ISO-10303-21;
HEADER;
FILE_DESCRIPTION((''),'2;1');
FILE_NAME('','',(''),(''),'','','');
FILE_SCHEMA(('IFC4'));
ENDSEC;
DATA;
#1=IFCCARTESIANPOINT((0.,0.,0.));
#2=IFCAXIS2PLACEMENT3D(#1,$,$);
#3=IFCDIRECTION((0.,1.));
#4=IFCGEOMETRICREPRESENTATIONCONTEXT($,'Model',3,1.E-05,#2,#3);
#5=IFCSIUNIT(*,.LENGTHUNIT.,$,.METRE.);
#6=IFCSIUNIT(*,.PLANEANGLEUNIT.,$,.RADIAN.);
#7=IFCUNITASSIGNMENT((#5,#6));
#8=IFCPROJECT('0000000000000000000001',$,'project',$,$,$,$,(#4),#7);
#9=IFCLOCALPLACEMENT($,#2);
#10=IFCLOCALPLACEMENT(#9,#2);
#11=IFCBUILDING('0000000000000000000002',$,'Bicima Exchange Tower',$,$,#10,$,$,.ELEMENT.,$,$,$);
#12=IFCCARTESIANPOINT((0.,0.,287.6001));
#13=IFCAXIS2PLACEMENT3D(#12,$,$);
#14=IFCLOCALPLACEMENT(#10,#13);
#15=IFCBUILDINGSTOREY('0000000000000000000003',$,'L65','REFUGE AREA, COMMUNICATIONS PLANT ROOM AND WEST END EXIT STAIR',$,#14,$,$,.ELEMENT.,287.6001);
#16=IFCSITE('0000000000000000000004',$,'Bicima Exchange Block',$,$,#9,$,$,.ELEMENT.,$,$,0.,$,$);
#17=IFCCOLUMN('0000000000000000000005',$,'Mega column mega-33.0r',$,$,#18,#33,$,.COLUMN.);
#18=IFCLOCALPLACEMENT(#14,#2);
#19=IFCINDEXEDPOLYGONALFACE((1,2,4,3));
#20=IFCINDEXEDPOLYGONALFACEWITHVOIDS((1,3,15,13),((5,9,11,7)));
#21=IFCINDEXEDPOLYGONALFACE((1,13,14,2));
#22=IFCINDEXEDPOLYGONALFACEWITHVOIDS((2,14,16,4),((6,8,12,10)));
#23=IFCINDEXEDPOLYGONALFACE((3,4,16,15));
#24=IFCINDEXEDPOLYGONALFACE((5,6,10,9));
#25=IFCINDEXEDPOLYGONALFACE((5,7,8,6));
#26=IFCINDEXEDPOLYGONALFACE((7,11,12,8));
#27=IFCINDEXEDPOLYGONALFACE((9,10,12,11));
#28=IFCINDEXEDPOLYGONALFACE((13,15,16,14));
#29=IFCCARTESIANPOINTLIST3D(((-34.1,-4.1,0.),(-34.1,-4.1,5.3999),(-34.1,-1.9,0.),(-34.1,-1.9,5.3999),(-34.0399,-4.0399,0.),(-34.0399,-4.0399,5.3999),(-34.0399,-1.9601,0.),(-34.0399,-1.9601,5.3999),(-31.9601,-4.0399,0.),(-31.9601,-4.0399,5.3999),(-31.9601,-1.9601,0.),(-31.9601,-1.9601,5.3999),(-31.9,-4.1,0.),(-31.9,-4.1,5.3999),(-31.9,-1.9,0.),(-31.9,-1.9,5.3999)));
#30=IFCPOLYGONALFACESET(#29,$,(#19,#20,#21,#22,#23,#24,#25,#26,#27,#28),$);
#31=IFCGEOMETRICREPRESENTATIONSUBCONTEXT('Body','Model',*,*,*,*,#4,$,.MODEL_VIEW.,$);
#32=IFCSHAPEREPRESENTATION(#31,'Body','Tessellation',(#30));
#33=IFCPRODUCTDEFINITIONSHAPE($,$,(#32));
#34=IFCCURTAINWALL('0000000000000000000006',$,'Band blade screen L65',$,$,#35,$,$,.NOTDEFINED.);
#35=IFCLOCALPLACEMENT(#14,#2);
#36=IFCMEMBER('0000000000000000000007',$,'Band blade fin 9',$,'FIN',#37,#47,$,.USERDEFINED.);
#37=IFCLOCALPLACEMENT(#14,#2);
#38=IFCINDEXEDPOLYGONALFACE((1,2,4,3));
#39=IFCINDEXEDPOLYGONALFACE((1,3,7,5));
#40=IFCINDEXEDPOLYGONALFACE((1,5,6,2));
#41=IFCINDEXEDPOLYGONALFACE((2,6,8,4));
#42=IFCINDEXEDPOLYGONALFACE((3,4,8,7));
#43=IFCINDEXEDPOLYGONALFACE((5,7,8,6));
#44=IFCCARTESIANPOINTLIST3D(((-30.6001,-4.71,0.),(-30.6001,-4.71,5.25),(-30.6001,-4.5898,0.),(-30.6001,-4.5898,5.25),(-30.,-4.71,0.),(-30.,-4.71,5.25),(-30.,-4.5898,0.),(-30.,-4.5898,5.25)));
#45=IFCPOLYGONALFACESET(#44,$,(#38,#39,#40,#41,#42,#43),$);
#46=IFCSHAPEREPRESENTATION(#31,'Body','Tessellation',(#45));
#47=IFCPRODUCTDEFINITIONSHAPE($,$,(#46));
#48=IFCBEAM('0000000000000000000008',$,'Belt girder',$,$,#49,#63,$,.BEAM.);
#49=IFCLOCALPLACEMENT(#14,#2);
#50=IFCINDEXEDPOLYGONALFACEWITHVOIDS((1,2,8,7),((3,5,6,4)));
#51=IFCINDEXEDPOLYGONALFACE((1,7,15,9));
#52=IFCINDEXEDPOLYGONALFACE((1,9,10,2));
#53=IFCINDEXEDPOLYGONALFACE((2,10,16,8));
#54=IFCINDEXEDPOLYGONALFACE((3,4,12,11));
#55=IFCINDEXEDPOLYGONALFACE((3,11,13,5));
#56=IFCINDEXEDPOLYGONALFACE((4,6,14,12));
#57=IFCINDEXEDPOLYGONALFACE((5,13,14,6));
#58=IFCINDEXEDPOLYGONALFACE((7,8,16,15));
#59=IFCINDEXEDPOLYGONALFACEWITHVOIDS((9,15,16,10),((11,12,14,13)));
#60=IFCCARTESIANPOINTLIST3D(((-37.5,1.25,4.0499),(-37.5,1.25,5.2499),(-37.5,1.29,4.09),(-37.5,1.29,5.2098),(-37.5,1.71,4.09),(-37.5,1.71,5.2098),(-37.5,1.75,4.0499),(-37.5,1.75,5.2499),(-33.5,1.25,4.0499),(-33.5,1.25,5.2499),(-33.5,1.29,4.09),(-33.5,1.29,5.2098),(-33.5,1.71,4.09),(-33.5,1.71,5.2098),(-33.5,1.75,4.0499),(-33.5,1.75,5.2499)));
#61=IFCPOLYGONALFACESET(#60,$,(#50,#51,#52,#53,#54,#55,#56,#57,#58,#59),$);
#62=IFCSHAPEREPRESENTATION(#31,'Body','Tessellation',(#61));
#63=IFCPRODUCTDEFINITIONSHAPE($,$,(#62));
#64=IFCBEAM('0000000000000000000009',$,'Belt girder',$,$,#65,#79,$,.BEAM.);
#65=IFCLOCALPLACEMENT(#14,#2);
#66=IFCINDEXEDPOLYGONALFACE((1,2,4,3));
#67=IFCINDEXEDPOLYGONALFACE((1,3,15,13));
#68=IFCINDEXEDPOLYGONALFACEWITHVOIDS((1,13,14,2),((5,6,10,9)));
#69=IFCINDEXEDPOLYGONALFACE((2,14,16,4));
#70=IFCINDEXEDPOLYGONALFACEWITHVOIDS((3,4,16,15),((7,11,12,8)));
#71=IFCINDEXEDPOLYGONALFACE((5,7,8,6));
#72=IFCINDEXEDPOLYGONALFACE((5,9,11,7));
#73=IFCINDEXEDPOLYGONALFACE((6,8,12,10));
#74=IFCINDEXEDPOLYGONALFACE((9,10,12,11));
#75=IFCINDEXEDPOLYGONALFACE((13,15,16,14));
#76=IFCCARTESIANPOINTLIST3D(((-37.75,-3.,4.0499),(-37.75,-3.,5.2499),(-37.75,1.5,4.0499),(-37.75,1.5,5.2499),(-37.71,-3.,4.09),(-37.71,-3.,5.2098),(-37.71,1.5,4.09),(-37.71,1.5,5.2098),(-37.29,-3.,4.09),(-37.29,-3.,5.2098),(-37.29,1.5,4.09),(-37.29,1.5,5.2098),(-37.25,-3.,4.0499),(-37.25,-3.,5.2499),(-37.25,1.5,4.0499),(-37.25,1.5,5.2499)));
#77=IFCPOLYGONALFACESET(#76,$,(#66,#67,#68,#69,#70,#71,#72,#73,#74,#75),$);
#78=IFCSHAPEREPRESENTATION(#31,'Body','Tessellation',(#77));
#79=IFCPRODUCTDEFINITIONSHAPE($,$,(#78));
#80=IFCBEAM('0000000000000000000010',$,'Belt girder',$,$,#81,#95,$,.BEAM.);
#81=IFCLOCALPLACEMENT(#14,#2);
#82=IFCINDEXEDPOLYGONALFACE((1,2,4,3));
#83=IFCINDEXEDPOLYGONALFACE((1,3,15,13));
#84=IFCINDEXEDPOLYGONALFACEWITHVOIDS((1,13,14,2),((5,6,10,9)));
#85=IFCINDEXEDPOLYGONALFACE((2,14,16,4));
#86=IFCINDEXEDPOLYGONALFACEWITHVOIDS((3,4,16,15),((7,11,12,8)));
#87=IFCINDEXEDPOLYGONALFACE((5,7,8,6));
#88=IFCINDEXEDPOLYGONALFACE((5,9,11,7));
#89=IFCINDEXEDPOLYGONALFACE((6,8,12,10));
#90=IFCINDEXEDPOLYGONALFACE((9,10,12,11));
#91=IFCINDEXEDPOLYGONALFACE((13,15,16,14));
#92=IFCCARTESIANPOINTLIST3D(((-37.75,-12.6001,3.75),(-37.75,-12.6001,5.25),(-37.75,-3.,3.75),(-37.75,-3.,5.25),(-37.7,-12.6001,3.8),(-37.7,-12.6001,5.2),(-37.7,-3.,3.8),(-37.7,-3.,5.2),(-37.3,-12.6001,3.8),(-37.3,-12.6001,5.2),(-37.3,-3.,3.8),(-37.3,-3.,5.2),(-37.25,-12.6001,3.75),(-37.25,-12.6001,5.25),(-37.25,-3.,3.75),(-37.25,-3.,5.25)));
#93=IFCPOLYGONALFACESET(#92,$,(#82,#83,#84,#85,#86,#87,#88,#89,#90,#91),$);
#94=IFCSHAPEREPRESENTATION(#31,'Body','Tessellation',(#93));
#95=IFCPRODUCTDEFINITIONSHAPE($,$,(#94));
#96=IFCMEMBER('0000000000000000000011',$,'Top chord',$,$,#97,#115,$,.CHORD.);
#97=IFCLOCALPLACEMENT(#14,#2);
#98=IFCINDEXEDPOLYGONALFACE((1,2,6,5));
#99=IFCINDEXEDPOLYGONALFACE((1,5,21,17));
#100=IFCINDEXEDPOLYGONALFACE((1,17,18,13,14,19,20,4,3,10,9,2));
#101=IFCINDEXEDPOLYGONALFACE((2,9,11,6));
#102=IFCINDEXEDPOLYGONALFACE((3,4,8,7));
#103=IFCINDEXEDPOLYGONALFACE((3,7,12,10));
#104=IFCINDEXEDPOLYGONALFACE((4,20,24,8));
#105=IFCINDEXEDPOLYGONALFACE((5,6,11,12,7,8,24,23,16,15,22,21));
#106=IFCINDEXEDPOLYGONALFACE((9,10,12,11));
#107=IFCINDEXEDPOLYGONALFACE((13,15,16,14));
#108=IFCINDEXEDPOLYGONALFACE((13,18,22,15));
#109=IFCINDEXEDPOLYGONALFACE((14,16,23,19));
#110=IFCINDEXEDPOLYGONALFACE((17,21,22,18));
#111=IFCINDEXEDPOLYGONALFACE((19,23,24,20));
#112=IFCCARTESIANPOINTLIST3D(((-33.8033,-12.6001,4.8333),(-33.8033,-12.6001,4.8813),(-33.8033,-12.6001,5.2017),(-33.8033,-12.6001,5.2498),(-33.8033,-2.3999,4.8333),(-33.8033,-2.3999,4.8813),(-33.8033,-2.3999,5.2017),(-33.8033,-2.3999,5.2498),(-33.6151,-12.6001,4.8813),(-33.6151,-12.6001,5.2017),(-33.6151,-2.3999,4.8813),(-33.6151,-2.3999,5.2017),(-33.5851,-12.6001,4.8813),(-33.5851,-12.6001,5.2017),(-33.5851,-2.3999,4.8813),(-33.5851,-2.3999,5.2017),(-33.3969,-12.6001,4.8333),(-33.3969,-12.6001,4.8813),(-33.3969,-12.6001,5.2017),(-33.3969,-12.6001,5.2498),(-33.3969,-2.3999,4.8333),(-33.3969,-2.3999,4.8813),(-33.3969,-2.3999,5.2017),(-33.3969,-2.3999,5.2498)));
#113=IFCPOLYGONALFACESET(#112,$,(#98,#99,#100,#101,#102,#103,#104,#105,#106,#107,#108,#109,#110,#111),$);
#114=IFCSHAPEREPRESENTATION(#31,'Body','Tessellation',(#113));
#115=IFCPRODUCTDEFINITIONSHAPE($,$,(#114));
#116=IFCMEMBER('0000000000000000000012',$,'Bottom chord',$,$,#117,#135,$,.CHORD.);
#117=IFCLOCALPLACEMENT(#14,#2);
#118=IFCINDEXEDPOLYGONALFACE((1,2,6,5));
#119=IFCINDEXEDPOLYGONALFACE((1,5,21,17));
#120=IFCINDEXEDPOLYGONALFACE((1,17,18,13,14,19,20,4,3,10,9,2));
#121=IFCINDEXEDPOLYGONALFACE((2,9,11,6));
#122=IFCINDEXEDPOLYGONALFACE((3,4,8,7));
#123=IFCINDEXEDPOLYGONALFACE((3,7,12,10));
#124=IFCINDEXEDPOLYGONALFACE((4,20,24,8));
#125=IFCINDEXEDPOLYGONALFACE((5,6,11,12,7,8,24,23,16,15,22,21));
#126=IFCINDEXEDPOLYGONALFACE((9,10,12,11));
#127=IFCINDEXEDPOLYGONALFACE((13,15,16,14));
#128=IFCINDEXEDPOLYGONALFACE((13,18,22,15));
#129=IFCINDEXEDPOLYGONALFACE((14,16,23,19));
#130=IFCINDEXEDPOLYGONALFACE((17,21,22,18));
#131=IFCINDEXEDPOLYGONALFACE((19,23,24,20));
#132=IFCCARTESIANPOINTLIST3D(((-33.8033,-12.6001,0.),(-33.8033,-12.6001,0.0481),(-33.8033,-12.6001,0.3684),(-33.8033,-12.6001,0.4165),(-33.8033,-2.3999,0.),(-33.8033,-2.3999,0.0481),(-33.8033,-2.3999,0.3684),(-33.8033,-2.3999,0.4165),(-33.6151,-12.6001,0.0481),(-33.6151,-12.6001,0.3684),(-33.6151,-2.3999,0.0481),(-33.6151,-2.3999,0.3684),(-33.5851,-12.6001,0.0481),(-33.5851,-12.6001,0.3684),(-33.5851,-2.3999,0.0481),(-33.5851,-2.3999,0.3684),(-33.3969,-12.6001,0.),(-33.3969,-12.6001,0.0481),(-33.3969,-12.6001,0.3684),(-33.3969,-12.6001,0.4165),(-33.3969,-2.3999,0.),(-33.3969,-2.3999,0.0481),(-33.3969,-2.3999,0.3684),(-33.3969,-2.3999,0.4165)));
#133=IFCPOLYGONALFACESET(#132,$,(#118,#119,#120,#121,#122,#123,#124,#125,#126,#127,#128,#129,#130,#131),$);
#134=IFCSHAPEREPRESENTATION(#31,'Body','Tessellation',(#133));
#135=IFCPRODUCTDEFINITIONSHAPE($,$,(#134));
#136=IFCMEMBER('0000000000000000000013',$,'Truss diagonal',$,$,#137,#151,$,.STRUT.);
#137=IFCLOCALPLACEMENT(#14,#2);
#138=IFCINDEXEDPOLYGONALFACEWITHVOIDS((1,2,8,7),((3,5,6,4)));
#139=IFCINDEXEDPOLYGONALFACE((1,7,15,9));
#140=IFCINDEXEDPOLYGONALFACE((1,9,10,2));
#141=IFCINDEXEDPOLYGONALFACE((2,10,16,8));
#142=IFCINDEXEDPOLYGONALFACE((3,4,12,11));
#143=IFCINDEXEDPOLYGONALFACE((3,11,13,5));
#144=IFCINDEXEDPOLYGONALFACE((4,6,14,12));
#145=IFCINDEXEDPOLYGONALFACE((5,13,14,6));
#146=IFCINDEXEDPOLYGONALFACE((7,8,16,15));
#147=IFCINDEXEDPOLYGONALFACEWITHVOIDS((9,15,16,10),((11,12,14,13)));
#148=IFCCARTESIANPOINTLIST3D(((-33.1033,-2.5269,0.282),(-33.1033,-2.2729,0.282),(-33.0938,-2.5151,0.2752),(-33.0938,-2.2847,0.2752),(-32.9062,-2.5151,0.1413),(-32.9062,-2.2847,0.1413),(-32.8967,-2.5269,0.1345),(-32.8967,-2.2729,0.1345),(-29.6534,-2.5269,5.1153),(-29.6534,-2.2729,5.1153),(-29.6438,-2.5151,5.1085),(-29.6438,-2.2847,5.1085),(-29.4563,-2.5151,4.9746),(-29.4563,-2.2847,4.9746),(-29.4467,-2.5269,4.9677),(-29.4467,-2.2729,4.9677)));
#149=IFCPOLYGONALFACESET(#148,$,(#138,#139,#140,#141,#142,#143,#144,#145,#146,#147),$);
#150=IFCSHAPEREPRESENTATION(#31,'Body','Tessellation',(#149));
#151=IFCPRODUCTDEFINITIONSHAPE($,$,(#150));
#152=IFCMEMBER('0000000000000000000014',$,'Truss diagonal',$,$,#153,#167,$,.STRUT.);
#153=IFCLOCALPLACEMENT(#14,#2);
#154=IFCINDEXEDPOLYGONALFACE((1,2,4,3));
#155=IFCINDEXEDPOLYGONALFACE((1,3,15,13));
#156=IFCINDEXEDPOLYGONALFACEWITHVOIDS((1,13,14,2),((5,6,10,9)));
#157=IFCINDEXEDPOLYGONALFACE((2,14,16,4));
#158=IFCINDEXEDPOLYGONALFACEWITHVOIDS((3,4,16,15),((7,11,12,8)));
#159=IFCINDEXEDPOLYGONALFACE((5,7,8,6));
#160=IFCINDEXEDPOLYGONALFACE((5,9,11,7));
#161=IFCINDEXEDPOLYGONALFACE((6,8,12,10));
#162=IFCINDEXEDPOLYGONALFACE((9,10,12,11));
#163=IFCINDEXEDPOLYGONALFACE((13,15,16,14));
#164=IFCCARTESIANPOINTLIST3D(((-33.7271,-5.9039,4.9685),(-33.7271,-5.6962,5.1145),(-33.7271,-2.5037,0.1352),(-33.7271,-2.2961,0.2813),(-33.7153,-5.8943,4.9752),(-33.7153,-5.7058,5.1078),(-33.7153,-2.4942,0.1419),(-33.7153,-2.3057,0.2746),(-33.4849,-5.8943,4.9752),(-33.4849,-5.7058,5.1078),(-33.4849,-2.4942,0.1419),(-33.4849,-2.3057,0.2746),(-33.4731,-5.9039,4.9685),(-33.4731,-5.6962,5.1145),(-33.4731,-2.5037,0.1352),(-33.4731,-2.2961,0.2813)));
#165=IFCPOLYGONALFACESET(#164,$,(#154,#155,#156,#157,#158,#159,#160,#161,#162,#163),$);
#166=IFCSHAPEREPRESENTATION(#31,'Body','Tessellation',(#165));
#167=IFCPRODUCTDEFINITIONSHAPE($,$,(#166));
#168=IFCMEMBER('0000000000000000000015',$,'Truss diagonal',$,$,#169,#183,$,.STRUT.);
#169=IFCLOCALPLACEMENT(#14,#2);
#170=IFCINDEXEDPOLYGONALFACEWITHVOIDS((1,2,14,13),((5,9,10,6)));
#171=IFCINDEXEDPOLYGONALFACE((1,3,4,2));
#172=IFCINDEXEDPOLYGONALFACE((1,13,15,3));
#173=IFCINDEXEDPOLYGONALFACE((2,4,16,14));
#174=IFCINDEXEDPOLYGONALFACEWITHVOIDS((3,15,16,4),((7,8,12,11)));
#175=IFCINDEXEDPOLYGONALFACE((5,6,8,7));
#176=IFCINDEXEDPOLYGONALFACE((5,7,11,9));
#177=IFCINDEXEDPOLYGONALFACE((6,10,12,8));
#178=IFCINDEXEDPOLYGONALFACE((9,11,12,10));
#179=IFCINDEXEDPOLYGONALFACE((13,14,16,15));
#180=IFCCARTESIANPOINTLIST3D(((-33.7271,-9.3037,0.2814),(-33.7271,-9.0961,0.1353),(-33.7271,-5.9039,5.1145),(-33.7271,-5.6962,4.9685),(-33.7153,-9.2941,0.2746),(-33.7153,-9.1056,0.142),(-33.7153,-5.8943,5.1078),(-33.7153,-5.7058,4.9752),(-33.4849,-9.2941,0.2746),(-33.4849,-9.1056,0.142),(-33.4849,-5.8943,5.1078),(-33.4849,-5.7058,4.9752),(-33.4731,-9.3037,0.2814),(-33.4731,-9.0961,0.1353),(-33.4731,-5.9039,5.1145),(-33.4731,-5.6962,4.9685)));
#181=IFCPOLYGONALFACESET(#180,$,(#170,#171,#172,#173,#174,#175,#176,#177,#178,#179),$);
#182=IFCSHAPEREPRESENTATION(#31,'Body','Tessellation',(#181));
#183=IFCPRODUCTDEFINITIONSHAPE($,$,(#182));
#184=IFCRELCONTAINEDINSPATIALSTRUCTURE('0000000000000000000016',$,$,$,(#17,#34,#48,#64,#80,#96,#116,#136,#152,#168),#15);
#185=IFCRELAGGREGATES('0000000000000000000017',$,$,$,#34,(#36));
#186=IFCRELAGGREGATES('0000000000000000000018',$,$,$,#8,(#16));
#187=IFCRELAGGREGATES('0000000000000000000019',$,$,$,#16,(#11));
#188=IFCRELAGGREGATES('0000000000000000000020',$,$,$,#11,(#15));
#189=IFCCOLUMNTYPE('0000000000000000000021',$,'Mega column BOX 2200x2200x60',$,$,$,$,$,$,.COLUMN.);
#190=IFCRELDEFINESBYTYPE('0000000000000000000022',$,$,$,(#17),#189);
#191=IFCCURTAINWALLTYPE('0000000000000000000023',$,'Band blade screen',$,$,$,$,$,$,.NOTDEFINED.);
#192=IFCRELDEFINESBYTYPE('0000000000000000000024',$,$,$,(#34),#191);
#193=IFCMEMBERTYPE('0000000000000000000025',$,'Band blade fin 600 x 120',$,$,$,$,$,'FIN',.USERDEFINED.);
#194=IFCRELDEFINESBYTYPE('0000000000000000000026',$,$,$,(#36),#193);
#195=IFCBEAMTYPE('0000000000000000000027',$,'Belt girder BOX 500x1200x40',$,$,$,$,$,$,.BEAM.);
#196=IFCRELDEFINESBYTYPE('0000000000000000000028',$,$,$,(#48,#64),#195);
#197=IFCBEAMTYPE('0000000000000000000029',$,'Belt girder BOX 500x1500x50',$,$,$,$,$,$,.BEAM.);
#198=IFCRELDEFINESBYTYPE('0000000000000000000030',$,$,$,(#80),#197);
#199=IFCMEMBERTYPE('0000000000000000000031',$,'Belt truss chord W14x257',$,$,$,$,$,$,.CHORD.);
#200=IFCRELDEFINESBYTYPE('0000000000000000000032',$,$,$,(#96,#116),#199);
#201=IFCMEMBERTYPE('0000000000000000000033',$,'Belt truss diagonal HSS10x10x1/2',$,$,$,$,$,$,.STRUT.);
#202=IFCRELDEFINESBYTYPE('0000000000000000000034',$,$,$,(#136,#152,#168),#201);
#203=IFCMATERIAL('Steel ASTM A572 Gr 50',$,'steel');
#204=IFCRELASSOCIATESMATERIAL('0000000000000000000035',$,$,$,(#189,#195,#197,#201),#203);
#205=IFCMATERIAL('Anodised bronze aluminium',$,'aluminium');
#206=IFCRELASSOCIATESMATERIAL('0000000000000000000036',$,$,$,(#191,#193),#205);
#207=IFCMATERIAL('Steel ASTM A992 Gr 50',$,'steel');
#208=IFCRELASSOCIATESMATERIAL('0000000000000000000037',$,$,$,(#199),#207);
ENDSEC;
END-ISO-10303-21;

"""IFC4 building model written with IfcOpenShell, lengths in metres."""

from ifc_helpers import new_model, si_unit, direction, frame, origin, origin_2d, place, context, subcontext, project, spatial, rectangle, hollow_rectangle, i_section, extrude, material, material_profile, profile_set, type_object, element, aggregate, save


model = new_model("IFC4")

# Units and contexts
model_context = context("Model", 3, precision=1e-05, world=origin(), true_north=direction((0.0, 1.0)))
body_context = subcontext(model_context, "Body", "Model", "MODEL_VIEW")
ifc_project = project(units=[si_unit("LENGTHUNIT", "METRE"), si_unit("PLANEANGLEUNIT", "RADIAN")], contexts=[model_context])

# Site, building, storey
site_placement = place(None, origin())
site = spatial("IfcSite", under=ifc_project, at=site_placement, Name="Bicima Exchange Block", CompositionType="ELEMENT", RefElevation=0.0)
building_placement = place(site_placement, origin())
building = spatial("IfcBuilding", under=site, at=building_placement, Name="Bicima Exchange Tower", CompositionType="ELEMENT")
storey_placement = place(building_placement, frame((0.0, 0.0, 287.6001)))
storey = spatial("IfcBuildingStorey", under=building, at=storey_placement, Name="L65", Description="REFUGE AREA, COMMUNICATIONS PLANT ROOM AND WEST END EXIT STAIR", CompositionType="ELEMENT", Elevation=287.6001)

# Column
ifc_material_1 = material(Name="Steel ASTM A572 Gr 50", Category="steel")
ifc_material_profile_1 = material_profile(ifc_material_1, hollow_rectangle(XDim=2.2, YDim=2.2, WallThickness=0.0601, at=origin_2d()))
ifc_profile_set_1 = profile_set([ifc_material_profile_1], Name="Steel ASTM A572 Gr 50")
column_type = type_object("IfcColumnType", Name="Mega column BOX 2200x2200x60", PredefinedType="COLUMN", material=ifc_profile_set_1)
column_placement = place(storey_placement, frame((-33.0, -3.0, 0.0), z_axis=(0.0, 0.0, 1.0), x_axis=(1.0, 0.0, 0.0)))
element("IfcColumn", 1, at=column_placement, inside=storey, type_object=column_type, Name="Mega column mega-33.0r", PredefinedType="COLUMN", context=body_context, shape_type="SweptSolid", body=[
    extrude(hollow_rectangle(XDim=2.2, YDim=2.2, WallThickness=0.0601, at=origin_2d()), origin(), (0.0, 0.0, 1.0), 5.3999),
])

# Curtain wall, member
ifc_material_2 = material(Name="Anodised bronze aluminium", Category="aluminium")
curtain_wall_type = type_object("IfcCurtainWallType", Name="Band blade screen", PredefinedType="NOTDEFINED", material=ifc_material_2)
curtain_wall_placement = place(storey_placement, origin())
curtain_wall = element("IfcCurtainWall", 2, at=curtain_wall_placement, inside=storey, type_object=curtain_wall_type, Name="Band blade screen L65", PredefinedType="NOTDEFINED")
ifc_material_profile_2 = material_profile(ifc_material_2, rectangle(XDim=0.6001, YDim=0.1201, at=origin_2d()))
ifc_profile_set_2 = profile_set([ifc_material_profile_2], Name="Anodised bronze aluminium")
member_type_1 = type_object("IfcMemberType", Name="Band blade fin 600 x 120", ElementType="FIN", PredefinedType="USERDEFINED", material=ifc_profile_set_2)
member_1_placement = place(storey_placement, frame((-30.3, -4.6499, 0.0), z_axis=(0.0, 0.0, 1.0), x_axis=(1.0, 0.0, 0.0)))
member_1 = element("IfcMember", 3, at=member_1_placement, type_object=member_type_1, Name="Band blade fin 9", ObjectType="FIN", PredefinedType="USERDEFINED", context=body_context, shape_type="SweptSolid", body=[
    extrude(rectangle(XDim=0.6001, YDim=0.1201, at=origin_2d()), origin(), (0.0, 0.0, 1.0), 5.25),
])
aggregate(curtain_wall, [member_1])

# Beams
ifc_material_profile_3 = material_profile(ifc_material_1, hollow_rectangle(XDim=0.5, YDim=1.2, WallThickness=0.04, at=origin_2d()))
ifc_profile_set_3 = profile_set([ifc_material_profile_3], Name="Steel ASTM A572 Gr 50")
beam_type_1 = type_object("IfcBeamType", Name="Belt girder BOX 500x1200x40", PredefinedType="BEAM", material=ifc_profile_set_3)
beam_1_placement = place(storey_placement, frame((-33.5, 1.5, 4.6499), z_axis=(-1.0, 0.0, 0.0), x_axis=(0.0, -1.0, 0.0)))
element("IfcBeam", 4, at=beam_1_placement, inside=storey, type_object=beam_type_1, Name="Belt girder", PredefinedType="BEAM", context=body_context, shape_type="SweptSolid", body=[
    extrude(hollow_rectangle(XDim=0.5, YDim=1.2, WallThickness=0.04, at=origin_2d()), origin(), (0.0, 0.0, 1.0), 4.0),
])
beam_2_placement = place(storey_placement, frame((-37.5, 1.5, 4.6499), z_axis=(0.0, -1.0, 0.0), x_axis=(1.0, 0.0, 0.0)))
element("IfcBeam", 5, at=beam_2_placement, inside=storey, type_object=beam_type_1, Name="Belt girder", PredefinedType="BEAM", context=body_context, shape_type="SweptSolid", body=[
    extrude(hollow_rectangle(XDim=0.5, YDim=1.2, WallThickness=0.04, at=origin_2d()), origin(), (0.0, 0.0, 1.0), 4.5),
])
ifc_material_profile_4 = material_profile(ifc_material_1, hollow_rectangle(XDim=0.5, YDim=1.5, WallThickness=0.05, at=origin_2d()))
ifc_profile_set_4 = profile_set([ifc_material_profile_4], Name="Steel ASTM A572 Gr 50")
beam_type_2 = type_object("IfcBeamType", Name="Belt girder BOX 500x1500x50", PredefinedType="BEAM", material=ifc_profile_set_4)
beam_3_placement = place(storey_placement, frame((-37.5, -3.0, 4.5), z_axis=(0.0, -1.0, 0.0), x_axis=(1.0, 0.0, 0.0)))
element("IfcBeam", 6, at=beam_3_placement, inside=storey, type_object=beam_type_2, Name="Belt girder", PredefinedType="BEAM", context=body_context, shape_type="SweptSolid", body=[
    extrude(hollow_rectangle(XDim=0.5, YDim=1.5, WallThickness=0.05, at=origin_2d()), origin(), (0.0, 0.0, 1.0), 9.6001),
])

# Members
ifc_material_3 = material(Name="Steel ASTM A992 Gr 50", Category="steel")
ifc_material_profile_5 = material_profile(ifc_material_3, i_section(OverallWidth=0.4065, OverallDepth=0.4165, WebThickness=0.03, FlangeThickness=0.0481, at=origin_2d()))
ifc_profile_set_5 = profile_set([ifc_material_profile_5], Name="Steel ASTM A992 Gr 50")
member_type_2 = type_object("IfcMemberType", Name="Belt truss chord W14x257", PredefinedType="CHORD", material=ifc_profile_set_5)
for number, where, z_axis, x_axis, name in (
    (7, (-33.6001, -2.3999, 5.0415), (0.0, -1.0, 0.0), (1.0, 0.0, 0.0), "Top chord"),
    (8, (-33.6001, -2.3999, 0.2083), (0.0, -1.0, 0.0), (1.0, 0.0, 0.0), "Bottom chord"),
):
    element("IfcMember", number, at=place(storey_placement, frame(where, z_axis=z_axis, x_axis=x_axis)), inside=storey, type_object=member_type_2, Name=name, PredefinedType="CHORD", context=body_context, shape_type="SweptSolid", body=[
        extrude(i_section(OverallWidth=0.4065, OverallDepth=0.4165, WebThickness=0.03, FlangeThickness=0.0481, at=origin_2d()), origin(), (0.0, 0.0, 1.0), 10.2002),
    ])
ifc_material_profile_6 = material_profile(ifc_material_1, hollow_rectangle(XDim=0.2539, YDim=0.2539, WallThickness=0.0117, at=origin_2d()))
ifc_profile_set_6 = profile_set([ifc_material_profile_6], Name="Steel ASTM A572 Gr 50")
member_type_3 = type_object("IfcMemberType", Name="Belt truss diagonal HSS10x10x1/2", PredefinedType="STRUT", material=ifc_profile_set_6)
member_2_placement = place(storey_placement, frame((-29.55, -2.3999, 5.0415), z_axis=(-0.580974, 0.0, -0.813922), x_axis=(0.0, -1.0, 0.0)))
element("IfcMember", 9, at=member_2_placement, inside=storey, type_object=member_type_3, Name="Truss diagonal", PredefinedType="STRUT", context=body_context, shape_type="SweptSolid", body=[
    extrude(hollow_rectangle(XDim=0.2539, YDim=0.2539, WallThickness=0.0117, at=origin_2d()), origin(), (0.0, 0.0, 1.0), 5.9382),
])
member_3_placement = place(storey_placement, frame((-33.6001, -2.3999, 0.2083), z_axis=(0.0, -0.575377, 0.817889), x_axis=(1.0, 0.0, 0.0)))
element("IfcMember", 10, at=member_3_placement, inside=storey, type_object=member_type_3, Name="Truss diagonal", PredefinedType="STRUT", context=body_context, shape_type="SweptSolid", body=[
    extrude(hollow_rectangle(XDim=0.2539, YDim=0.2539, WallThickness=0.0117, at=origin_2d()), origin(), (0.0, 0.0, 1.0), 5.9094),
])
member_4_placement = place(storey_placement, frame((-33.6001, -5.8, 5.0415), z_axis=(0.0, -0.575349, -0.817908), x_axis=(1.0, 0.0, 0.0)))
element("IfcMember", 11, at=member_4_placement, inside=storey, type_object=member_type_3, Name="Truss diagonal", PredefinedType="STRUT", context=body_context, shape_type="SweptSolid", body=[
    extrude(hollow_rectangle(XDim=0.2539, YDim=0.2539, WallThickness=0.0117, at=origin_2d()), origin(), (0.0, 0.0, 1.0), 5.9092),
])

save(model, "model.ifc")
